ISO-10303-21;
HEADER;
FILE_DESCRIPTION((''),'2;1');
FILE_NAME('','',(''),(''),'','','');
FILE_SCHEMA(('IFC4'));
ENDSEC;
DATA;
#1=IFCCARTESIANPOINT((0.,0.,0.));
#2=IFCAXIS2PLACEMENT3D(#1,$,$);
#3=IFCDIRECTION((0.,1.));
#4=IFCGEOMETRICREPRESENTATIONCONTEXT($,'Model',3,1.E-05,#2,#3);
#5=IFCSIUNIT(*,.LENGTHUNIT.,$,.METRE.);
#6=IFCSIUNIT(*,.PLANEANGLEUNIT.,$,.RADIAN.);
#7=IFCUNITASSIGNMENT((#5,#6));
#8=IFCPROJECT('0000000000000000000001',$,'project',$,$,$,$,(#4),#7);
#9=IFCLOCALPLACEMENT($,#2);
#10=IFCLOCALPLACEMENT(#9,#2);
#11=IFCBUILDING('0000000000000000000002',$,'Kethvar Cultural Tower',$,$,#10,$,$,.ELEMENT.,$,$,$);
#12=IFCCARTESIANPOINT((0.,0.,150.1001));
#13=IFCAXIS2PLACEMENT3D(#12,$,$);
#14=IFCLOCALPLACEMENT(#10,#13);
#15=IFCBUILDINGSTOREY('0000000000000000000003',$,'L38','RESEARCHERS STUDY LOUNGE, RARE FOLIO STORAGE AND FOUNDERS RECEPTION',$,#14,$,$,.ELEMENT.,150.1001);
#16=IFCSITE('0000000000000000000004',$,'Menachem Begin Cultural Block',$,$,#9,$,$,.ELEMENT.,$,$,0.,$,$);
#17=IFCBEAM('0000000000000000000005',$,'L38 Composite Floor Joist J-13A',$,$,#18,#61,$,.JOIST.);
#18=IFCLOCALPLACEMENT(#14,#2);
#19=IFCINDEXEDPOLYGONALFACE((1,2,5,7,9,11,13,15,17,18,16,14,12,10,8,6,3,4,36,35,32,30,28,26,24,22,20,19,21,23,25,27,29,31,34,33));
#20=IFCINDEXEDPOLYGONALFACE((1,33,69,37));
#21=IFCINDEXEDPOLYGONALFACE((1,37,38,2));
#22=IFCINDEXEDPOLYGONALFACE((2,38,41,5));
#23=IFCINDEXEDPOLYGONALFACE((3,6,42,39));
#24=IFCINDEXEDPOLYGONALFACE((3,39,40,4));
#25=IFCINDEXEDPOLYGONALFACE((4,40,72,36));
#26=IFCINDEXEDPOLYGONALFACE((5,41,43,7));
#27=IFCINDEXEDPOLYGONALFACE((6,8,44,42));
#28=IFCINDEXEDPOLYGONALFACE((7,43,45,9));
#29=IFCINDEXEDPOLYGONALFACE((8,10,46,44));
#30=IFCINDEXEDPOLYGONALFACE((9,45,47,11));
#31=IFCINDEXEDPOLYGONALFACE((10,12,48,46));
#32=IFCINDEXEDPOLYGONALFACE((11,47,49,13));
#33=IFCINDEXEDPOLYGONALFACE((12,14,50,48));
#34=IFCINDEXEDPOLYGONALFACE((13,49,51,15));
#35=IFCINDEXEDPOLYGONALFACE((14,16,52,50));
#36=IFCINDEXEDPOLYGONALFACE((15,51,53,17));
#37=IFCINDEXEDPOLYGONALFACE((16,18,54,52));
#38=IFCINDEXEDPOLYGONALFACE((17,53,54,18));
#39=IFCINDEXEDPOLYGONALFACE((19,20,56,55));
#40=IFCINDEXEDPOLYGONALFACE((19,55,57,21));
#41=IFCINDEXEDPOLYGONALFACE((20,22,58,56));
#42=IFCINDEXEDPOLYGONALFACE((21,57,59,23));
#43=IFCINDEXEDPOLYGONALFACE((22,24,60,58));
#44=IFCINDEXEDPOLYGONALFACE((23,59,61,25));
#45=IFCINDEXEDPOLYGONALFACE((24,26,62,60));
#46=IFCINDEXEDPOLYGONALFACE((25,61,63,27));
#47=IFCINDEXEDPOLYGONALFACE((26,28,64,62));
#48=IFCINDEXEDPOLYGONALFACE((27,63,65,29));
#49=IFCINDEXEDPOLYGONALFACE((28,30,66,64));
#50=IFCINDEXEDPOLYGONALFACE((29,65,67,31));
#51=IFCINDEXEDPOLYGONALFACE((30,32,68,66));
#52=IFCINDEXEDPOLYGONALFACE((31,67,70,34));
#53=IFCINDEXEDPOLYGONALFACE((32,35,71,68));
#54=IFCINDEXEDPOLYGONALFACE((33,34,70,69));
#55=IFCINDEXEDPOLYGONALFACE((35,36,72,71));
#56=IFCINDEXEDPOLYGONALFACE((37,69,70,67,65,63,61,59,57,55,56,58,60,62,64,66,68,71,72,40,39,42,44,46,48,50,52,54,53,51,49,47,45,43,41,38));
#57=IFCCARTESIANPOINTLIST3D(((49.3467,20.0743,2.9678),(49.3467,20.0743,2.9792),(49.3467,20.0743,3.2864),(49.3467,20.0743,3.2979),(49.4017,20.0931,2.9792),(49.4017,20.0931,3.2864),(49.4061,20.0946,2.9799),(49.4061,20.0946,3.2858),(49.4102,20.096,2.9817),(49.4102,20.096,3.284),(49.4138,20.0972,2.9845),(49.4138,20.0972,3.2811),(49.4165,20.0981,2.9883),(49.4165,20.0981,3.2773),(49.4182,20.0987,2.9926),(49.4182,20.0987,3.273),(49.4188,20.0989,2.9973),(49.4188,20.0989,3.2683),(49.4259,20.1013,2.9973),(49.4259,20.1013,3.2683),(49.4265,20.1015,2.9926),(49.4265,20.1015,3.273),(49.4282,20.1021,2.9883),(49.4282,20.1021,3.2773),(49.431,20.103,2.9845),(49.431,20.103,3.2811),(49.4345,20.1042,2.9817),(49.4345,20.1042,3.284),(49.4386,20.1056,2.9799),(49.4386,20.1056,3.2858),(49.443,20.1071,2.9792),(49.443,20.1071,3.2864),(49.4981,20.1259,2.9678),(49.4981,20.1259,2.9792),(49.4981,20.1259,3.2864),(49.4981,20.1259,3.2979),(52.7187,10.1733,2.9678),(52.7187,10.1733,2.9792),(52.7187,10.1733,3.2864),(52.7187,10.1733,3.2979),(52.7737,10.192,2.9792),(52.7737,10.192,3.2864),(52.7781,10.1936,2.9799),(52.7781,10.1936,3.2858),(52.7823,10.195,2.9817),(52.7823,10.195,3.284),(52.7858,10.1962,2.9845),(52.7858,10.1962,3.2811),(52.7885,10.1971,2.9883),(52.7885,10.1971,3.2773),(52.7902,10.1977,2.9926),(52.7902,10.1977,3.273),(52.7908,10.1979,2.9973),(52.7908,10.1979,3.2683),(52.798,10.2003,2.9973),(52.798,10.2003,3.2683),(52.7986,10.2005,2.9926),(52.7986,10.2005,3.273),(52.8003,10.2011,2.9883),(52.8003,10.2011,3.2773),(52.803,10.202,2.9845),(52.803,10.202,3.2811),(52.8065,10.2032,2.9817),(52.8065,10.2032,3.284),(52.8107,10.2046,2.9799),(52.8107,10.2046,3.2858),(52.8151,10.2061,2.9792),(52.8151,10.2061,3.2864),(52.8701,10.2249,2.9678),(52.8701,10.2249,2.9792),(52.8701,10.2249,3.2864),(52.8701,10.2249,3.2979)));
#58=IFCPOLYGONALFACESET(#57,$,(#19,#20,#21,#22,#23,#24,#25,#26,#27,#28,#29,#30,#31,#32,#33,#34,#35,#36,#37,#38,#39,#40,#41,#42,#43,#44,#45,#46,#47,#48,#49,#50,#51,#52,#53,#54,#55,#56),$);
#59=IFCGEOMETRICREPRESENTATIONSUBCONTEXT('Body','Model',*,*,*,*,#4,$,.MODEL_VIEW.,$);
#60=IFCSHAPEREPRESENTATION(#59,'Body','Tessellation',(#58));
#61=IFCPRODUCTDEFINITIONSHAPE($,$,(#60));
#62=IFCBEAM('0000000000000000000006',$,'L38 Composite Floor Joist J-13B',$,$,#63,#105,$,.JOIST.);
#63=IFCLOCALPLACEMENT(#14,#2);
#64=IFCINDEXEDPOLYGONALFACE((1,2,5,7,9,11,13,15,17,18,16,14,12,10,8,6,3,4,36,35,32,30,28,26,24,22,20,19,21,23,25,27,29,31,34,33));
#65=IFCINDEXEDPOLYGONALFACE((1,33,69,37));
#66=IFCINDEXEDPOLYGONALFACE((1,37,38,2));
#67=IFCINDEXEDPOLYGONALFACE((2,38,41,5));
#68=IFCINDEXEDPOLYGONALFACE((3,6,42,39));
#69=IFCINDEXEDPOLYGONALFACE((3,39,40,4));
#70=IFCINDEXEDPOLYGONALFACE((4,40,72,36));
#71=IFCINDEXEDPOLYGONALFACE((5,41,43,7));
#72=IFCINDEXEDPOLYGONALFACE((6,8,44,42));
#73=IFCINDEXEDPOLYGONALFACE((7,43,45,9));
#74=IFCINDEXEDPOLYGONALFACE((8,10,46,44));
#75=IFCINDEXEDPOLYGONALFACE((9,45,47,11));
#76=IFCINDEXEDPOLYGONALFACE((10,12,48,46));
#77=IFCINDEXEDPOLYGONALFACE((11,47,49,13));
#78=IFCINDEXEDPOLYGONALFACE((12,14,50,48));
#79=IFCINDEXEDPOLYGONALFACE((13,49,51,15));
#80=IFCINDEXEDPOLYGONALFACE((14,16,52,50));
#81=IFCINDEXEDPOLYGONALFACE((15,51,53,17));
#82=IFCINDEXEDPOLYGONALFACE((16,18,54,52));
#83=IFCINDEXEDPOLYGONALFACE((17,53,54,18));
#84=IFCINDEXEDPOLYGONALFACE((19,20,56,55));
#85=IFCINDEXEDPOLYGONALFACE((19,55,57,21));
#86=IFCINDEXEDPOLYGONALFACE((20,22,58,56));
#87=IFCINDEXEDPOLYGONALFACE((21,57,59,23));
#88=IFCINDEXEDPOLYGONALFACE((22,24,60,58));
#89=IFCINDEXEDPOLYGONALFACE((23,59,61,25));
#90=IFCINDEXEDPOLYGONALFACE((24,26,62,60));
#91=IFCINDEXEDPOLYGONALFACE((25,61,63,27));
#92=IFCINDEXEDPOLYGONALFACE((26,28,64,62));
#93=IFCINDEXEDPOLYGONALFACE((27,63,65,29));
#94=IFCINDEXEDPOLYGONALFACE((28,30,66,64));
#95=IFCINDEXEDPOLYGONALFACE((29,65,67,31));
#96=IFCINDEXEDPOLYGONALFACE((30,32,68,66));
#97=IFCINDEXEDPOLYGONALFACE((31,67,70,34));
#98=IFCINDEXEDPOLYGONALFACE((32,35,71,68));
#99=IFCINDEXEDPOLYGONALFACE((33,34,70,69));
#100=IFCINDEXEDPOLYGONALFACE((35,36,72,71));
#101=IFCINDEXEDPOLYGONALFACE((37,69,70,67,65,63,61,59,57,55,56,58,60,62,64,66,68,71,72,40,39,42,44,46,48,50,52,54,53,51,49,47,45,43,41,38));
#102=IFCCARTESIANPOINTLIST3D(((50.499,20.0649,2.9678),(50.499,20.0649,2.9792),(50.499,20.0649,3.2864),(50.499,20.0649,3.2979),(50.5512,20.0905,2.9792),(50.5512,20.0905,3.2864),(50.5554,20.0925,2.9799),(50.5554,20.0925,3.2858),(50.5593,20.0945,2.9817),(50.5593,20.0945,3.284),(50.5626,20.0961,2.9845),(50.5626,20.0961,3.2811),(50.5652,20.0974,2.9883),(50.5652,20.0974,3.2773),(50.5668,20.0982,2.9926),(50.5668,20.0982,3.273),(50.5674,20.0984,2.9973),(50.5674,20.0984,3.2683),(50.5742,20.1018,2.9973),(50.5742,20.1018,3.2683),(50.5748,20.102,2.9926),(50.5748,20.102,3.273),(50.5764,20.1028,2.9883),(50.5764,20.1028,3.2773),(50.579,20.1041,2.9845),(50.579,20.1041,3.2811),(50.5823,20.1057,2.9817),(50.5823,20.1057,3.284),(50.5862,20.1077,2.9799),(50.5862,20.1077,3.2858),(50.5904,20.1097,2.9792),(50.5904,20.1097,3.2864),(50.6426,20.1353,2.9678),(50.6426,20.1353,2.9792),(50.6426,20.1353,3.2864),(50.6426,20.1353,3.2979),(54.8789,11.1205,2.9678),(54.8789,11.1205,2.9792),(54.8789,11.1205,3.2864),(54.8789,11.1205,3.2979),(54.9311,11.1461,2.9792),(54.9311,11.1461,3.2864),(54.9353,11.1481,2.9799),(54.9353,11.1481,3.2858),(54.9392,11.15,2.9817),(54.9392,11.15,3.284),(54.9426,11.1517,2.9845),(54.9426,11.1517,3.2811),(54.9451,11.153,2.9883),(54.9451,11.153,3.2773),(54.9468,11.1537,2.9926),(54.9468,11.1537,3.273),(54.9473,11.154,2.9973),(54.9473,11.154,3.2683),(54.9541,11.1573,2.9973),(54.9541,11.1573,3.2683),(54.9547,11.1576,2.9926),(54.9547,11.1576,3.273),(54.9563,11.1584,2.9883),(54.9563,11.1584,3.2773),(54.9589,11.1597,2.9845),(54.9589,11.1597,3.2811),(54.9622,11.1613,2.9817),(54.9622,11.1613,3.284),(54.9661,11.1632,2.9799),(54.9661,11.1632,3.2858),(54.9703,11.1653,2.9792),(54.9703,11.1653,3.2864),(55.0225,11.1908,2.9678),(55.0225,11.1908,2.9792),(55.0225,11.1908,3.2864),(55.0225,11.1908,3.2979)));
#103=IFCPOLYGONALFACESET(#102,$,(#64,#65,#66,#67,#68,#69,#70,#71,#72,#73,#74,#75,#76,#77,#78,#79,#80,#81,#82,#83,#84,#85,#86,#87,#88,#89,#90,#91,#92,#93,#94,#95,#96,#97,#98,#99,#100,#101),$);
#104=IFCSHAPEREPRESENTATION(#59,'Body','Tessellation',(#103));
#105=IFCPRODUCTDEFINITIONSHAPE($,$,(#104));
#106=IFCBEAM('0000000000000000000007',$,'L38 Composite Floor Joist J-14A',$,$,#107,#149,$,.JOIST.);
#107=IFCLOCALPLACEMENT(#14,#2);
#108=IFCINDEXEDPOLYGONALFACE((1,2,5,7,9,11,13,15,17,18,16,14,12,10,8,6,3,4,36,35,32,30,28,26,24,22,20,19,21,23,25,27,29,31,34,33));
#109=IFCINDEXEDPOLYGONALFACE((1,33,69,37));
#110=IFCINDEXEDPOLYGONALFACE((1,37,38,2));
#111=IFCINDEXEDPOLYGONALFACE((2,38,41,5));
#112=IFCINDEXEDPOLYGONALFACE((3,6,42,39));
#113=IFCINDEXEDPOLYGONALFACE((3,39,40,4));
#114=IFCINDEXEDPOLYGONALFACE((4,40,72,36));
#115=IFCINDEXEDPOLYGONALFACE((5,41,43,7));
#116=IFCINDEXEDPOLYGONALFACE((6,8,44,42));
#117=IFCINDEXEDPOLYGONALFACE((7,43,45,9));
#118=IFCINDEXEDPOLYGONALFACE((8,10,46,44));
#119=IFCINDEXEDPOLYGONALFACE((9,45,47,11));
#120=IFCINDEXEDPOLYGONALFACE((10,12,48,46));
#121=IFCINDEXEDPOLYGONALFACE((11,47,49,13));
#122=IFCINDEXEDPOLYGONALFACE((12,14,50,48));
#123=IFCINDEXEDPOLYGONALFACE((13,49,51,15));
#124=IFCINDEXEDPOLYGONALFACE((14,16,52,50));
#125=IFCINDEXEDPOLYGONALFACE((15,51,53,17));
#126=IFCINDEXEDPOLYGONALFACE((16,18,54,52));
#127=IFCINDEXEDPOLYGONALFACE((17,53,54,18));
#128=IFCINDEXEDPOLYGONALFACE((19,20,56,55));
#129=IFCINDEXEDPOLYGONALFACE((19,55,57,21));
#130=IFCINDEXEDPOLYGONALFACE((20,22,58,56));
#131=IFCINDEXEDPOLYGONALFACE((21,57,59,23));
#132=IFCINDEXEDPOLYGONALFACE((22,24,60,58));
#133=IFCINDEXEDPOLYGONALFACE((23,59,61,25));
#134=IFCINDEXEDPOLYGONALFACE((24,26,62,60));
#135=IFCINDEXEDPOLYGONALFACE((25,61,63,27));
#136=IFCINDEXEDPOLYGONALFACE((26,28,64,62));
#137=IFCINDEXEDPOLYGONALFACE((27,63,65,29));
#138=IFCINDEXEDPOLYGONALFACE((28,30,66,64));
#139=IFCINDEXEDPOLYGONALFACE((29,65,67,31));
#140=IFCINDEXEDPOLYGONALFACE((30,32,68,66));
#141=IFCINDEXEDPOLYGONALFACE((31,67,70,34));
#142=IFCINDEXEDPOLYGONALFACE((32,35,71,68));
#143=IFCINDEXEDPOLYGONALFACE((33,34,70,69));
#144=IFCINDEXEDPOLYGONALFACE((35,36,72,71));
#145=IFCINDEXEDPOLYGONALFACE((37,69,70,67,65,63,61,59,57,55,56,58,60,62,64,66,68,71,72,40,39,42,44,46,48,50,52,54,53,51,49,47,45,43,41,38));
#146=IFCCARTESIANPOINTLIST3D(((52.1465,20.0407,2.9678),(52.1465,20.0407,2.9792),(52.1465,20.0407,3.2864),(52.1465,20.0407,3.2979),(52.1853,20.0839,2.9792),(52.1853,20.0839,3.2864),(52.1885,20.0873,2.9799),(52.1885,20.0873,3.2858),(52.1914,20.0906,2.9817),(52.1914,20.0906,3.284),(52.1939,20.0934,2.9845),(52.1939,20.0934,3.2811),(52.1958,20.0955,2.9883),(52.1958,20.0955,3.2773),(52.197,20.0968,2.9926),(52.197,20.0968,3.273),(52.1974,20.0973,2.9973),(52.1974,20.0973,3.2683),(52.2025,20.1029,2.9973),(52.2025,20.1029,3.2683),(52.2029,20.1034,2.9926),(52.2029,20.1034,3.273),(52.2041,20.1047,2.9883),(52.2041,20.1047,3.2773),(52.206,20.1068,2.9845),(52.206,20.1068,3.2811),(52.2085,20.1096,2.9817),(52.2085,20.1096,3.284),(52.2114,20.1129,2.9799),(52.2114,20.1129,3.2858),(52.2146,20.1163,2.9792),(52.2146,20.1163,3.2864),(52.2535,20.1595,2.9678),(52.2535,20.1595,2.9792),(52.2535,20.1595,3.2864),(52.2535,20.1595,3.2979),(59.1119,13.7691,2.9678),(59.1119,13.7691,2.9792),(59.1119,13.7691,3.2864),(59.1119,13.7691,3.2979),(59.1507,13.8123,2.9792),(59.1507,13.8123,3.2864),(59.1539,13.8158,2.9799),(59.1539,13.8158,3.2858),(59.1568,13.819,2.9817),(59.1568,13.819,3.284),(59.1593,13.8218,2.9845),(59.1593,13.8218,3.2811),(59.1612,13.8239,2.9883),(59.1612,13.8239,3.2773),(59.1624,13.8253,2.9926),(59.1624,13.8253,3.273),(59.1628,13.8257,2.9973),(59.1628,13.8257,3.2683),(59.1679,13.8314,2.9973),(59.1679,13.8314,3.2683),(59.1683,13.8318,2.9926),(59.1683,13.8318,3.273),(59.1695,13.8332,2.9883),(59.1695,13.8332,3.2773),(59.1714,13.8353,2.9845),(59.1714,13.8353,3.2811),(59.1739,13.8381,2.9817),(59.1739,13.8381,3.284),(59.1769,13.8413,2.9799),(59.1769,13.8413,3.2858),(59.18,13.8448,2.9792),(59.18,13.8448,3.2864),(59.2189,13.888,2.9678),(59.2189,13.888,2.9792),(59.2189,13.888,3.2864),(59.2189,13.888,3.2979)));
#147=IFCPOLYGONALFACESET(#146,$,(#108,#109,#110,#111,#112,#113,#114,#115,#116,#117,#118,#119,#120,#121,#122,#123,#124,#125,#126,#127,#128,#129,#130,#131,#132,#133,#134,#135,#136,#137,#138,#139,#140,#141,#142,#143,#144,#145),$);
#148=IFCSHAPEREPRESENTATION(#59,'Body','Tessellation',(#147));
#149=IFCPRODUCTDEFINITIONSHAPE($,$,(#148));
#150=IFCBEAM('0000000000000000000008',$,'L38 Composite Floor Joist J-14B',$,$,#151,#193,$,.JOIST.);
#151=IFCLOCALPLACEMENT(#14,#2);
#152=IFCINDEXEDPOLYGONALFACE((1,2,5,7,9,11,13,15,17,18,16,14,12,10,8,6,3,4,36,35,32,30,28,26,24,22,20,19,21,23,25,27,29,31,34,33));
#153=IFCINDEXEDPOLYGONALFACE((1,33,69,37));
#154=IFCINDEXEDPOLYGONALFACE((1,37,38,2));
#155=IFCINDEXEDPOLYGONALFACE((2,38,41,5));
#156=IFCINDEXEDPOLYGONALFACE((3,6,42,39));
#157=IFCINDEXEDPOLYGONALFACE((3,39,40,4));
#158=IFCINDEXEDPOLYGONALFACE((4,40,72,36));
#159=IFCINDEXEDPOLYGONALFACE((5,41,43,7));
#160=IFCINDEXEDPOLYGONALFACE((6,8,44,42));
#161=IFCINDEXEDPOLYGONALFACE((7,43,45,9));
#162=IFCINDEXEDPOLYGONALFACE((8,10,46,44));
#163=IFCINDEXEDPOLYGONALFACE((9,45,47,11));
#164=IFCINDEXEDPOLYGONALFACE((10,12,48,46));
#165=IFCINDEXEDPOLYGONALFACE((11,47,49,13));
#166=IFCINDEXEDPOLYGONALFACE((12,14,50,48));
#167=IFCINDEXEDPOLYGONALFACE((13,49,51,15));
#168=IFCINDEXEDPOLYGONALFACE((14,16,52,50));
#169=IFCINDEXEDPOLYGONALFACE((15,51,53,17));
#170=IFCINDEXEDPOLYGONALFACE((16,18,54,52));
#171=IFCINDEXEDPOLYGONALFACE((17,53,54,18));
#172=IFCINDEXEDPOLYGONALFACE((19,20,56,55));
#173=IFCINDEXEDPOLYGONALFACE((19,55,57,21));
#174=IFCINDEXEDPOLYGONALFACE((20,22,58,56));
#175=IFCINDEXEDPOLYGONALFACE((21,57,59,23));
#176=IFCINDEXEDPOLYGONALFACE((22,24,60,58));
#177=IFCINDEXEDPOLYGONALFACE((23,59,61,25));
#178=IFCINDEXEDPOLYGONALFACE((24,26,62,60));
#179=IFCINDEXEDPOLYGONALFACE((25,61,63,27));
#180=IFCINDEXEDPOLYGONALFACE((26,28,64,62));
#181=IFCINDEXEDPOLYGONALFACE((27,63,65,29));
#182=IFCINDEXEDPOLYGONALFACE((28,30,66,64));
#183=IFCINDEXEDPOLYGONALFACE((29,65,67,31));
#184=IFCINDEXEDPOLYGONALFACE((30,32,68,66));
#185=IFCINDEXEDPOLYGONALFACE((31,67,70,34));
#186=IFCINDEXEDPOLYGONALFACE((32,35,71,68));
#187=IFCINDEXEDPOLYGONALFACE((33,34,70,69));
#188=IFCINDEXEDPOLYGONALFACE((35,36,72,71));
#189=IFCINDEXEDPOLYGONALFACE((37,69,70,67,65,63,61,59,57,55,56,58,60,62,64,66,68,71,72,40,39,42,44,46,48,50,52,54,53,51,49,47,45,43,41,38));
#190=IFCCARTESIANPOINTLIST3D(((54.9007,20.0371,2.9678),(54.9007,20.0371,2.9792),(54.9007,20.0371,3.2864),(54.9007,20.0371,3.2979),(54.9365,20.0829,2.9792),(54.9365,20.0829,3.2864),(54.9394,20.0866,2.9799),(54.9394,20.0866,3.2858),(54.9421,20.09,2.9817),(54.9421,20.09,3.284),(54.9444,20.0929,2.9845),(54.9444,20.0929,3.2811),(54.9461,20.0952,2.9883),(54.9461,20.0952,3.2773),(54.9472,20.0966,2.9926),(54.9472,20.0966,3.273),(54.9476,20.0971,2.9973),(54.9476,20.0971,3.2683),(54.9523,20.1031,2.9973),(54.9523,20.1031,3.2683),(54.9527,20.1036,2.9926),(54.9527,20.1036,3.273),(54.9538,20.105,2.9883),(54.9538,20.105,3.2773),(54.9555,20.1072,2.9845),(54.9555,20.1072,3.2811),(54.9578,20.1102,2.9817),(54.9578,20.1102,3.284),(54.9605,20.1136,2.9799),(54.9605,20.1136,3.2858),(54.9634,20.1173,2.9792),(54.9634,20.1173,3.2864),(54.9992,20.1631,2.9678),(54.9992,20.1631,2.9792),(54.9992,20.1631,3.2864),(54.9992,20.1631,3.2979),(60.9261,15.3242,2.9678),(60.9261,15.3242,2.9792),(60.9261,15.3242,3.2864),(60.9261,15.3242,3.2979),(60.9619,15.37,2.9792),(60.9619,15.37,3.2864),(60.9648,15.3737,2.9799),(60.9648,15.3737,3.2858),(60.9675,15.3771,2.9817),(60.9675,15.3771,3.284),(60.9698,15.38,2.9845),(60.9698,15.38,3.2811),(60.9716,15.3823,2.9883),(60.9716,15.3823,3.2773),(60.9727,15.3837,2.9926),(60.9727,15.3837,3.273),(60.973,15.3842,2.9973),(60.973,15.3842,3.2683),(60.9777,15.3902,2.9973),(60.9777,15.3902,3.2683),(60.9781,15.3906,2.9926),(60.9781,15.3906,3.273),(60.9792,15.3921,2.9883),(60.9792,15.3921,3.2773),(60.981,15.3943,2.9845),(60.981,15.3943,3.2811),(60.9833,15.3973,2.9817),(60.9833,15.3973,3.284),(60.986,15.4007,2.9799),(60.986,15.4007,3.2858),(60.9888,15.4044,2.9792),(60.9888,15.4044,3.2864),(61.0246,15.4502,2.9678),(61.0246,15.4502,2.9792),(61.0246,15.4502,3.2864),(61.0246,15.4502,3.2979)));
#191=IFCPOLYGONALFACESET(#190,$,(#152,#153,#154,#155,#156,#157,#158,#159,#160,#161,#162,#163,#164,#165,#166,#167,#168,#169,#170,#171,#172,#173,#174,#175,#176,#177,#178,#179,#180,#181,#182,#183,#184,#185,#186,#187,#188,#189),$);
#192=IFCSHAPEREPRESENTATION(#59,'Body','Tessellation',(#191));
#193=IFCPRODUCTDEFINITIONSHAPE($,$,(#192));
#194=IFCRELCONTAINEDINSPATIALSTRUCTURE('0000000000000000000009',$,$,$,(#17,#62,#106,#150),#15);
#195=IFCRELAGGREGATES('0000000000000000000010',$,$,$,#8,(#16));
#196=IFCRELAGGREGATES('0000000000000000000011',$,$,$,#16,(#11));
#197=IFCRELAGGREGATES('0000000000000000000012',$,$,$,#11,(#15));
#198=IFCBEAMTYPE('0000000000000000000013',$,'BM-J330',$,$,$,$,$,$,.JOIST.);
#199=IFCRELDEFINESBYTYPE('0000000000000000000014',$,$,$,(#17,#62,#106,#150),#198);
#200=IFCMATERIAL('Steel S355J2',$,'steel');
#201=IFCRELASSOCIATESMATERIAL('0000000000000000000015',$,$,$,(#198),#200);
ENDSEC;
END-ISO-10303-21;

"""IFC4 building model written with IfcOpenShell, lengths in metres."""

from ifc_helpers import new_model, si_unit, direction, frame, origin, origin_2d, place, context, subcontext, project, spatial, i_section, extrude, source, transform, mapped, material, material_profile, profile_set, type_object, element, save


model = new_model("IFC4")

# Units and contexts
model_context = context("Model", 3, precision=1e-05, world=origin(), true_north=direction((0.0, 1.0)))
body_context = subcontext(model_context, "Body", "Model", "MODEL_VIEW")
ifc_project = project(units=[si_unit("LENGTHUNIT", "METRE"), si_unit("PLANEANGLEUNIT", "RADIAN")], contexts=[model_context])

# Site, building, storey
site_placement = place(None, origin())
site = spatial("IfcSite", under=ifc_project, at=site_placement, Name="Menachem Begin Cultural Block", CompositionType="ELEMENT", RefElevation=0.0)
building_placement = place(site_placement, origin())
building = spatial("IfcBuilding", under=site, at=building_placement, Name="Kethvar Cultural Tower", CompositionType="ELEMENT")
storey_placement = place(building_placement, frame((0.0, 0.0, 150.1001)))
storey = spatial("IfcBuildingStorey", under=building, at=storey_placement, Name="L38", Description="RESEARCHERS STUDY LOUNGE, RARE FOLIO STORAGE AND FOUNDERS RECEPTION", CompositionType="ELEMENT", Elevation=150.1001)

# Beams
ifc_material_1 = material(Name="Steel S355J2", Category="steel")
ifc_material_profile_1 = material_profile(ifc_material_1, i_section(OverallWidth=0.1599, OverallDepth=0.3301, WebThickness=0.0076, FlangeThickness=0.0115, FilletRadius=0.0181, at=origin_2d()), Name="Steel S355J2 — IPE330")
ifc_profile_set_1 = profile_set([ifc_material_profile_1], Name="Steel S355J2 — IPE330")
beam_type_1 = type_object("IfcBeamType", Name="BM-J330", PredefinedType="JOIST", material=ifc_profile_set_1)
shared_shape_1 = source(origin(), body_context, "Body", "SweptSolid", [
    extrude(i_section(OverallWidth=0.1599, OverallDepth=0.3301, WebThickness=0.0076, FlangeThickness=0.0115, FilletRadius=0.0181, at=origin_2d()), origin(), (0.0, 0.0, 1.0), 10.4595),
])
beam_1_placement = place(storey_placement, frame((49.4224, 20.1001, 3.1328), z_axis=(0.32239, -0.946607, 0.0), x_axis=(0.946607, 0.32239, 0.0)))
element("IfcBeam", 1, at=beam_1_placement, inside=storey, type_object=beam_type_1, Name="L38 Composite Floor Joist J-13A", PredefinedType="JOIST", context=body_context, shape_type="MappedRepresentation", body=[
    mapped(shared_shape_1, transform((0.0, 0.0, 0.0), scale=1.0)),
])
shared_shape_2 = source(origin(), body_context, "Body", "SweptSolid", [
    extrude(i_section(OverallWidth=0.1599, OverallDepth=0.3301, WebThickness=0.0076, FlangeThickness=0.0115, FilletRadius=0.0181, at=origin_2d()), origin(), (0.0, 0.0, 1.0), 9.9592),
])
beam_2_placement = place(storey_placement, frame((50.5708, 20.1001, 3.1328), z_axis=(0.439785, -0.898103, 0.0), x_axis=(0.898103, 0.439785, 0.0)))
element("IfcBeam", 2, at=beam_2_placement, inside=storey, type_object=beam_type_1, Name="L38 Composite Floor Joist J-13B", PredefinedType="JOIST", context=body_context, shape_type="MappedRepresentation", body=[
    mapped(shared_shape_2, transform((0.0, 0.0, 0.0), scale=1.0)),
])
shared_shape_3 = source(origin(), body_context, "Body", "SweptSolid", [
    extrude(i_section(OverallWidth=0.1599, OverallDepth=0.3301, WebThickness=0.0076, FlangeThickness=0.0115, FilletRadius=0.0181, at=origin_2d()), origin(), (0.0, 0.0, 1.0), 9.3728),
])
beam_3_placement = place(storey_placement, frame((52.2, 20.1001, 3.1328), z_axis=(0.743152, -0.669123, 0.0), x_axis=(0.669123, 0.743152, 0.0)))
element("IfcBeam", 3, at=beam_3_placement, inside=storey, type_object=beam_type_1, Name="L38 Composite Floor Joist J-14A", PredefinedType="JOIST", context=body_context, shape_type="MappedRepresentation", body=[
    mapped(shared_shape_3, transform((0.0, 0.0, 0.0), scale=1.0)),
])
shared_shape_4 = source(origin(), body_context, "Body", "SweptSolid", [
    extrude(i_section(OverallWidth=0.1599, OverallDepth=0.3301, WebThickness=0.0076, FlangeThickness=0.0115, FilletRadius=0.0181, at=origin_2d()), origin(), (0.0, 0.0, 1.0), 7.6497),
])
beam_4_placement = place(storey_placement, frame((54.95, 20.1001, 3.1328), z_axis=(0.787672, -0.616095, 0.0), x_axis=(0.616095, 0.787672, 0.0)))
element("IfcBeam", 4, at=beam_4_placement, inside=storey, type_object=beam_type_1, Name="L38 Composite Floor Joist J-14B", PredefinedType="JOIST", context=body_context, shape_type="MappedRepresentation", body=[
    mapped(shared_shape_4, transform((0.0, 0.0, 0.0), scale=1.0)),
])

save(model, "model.ifc")
